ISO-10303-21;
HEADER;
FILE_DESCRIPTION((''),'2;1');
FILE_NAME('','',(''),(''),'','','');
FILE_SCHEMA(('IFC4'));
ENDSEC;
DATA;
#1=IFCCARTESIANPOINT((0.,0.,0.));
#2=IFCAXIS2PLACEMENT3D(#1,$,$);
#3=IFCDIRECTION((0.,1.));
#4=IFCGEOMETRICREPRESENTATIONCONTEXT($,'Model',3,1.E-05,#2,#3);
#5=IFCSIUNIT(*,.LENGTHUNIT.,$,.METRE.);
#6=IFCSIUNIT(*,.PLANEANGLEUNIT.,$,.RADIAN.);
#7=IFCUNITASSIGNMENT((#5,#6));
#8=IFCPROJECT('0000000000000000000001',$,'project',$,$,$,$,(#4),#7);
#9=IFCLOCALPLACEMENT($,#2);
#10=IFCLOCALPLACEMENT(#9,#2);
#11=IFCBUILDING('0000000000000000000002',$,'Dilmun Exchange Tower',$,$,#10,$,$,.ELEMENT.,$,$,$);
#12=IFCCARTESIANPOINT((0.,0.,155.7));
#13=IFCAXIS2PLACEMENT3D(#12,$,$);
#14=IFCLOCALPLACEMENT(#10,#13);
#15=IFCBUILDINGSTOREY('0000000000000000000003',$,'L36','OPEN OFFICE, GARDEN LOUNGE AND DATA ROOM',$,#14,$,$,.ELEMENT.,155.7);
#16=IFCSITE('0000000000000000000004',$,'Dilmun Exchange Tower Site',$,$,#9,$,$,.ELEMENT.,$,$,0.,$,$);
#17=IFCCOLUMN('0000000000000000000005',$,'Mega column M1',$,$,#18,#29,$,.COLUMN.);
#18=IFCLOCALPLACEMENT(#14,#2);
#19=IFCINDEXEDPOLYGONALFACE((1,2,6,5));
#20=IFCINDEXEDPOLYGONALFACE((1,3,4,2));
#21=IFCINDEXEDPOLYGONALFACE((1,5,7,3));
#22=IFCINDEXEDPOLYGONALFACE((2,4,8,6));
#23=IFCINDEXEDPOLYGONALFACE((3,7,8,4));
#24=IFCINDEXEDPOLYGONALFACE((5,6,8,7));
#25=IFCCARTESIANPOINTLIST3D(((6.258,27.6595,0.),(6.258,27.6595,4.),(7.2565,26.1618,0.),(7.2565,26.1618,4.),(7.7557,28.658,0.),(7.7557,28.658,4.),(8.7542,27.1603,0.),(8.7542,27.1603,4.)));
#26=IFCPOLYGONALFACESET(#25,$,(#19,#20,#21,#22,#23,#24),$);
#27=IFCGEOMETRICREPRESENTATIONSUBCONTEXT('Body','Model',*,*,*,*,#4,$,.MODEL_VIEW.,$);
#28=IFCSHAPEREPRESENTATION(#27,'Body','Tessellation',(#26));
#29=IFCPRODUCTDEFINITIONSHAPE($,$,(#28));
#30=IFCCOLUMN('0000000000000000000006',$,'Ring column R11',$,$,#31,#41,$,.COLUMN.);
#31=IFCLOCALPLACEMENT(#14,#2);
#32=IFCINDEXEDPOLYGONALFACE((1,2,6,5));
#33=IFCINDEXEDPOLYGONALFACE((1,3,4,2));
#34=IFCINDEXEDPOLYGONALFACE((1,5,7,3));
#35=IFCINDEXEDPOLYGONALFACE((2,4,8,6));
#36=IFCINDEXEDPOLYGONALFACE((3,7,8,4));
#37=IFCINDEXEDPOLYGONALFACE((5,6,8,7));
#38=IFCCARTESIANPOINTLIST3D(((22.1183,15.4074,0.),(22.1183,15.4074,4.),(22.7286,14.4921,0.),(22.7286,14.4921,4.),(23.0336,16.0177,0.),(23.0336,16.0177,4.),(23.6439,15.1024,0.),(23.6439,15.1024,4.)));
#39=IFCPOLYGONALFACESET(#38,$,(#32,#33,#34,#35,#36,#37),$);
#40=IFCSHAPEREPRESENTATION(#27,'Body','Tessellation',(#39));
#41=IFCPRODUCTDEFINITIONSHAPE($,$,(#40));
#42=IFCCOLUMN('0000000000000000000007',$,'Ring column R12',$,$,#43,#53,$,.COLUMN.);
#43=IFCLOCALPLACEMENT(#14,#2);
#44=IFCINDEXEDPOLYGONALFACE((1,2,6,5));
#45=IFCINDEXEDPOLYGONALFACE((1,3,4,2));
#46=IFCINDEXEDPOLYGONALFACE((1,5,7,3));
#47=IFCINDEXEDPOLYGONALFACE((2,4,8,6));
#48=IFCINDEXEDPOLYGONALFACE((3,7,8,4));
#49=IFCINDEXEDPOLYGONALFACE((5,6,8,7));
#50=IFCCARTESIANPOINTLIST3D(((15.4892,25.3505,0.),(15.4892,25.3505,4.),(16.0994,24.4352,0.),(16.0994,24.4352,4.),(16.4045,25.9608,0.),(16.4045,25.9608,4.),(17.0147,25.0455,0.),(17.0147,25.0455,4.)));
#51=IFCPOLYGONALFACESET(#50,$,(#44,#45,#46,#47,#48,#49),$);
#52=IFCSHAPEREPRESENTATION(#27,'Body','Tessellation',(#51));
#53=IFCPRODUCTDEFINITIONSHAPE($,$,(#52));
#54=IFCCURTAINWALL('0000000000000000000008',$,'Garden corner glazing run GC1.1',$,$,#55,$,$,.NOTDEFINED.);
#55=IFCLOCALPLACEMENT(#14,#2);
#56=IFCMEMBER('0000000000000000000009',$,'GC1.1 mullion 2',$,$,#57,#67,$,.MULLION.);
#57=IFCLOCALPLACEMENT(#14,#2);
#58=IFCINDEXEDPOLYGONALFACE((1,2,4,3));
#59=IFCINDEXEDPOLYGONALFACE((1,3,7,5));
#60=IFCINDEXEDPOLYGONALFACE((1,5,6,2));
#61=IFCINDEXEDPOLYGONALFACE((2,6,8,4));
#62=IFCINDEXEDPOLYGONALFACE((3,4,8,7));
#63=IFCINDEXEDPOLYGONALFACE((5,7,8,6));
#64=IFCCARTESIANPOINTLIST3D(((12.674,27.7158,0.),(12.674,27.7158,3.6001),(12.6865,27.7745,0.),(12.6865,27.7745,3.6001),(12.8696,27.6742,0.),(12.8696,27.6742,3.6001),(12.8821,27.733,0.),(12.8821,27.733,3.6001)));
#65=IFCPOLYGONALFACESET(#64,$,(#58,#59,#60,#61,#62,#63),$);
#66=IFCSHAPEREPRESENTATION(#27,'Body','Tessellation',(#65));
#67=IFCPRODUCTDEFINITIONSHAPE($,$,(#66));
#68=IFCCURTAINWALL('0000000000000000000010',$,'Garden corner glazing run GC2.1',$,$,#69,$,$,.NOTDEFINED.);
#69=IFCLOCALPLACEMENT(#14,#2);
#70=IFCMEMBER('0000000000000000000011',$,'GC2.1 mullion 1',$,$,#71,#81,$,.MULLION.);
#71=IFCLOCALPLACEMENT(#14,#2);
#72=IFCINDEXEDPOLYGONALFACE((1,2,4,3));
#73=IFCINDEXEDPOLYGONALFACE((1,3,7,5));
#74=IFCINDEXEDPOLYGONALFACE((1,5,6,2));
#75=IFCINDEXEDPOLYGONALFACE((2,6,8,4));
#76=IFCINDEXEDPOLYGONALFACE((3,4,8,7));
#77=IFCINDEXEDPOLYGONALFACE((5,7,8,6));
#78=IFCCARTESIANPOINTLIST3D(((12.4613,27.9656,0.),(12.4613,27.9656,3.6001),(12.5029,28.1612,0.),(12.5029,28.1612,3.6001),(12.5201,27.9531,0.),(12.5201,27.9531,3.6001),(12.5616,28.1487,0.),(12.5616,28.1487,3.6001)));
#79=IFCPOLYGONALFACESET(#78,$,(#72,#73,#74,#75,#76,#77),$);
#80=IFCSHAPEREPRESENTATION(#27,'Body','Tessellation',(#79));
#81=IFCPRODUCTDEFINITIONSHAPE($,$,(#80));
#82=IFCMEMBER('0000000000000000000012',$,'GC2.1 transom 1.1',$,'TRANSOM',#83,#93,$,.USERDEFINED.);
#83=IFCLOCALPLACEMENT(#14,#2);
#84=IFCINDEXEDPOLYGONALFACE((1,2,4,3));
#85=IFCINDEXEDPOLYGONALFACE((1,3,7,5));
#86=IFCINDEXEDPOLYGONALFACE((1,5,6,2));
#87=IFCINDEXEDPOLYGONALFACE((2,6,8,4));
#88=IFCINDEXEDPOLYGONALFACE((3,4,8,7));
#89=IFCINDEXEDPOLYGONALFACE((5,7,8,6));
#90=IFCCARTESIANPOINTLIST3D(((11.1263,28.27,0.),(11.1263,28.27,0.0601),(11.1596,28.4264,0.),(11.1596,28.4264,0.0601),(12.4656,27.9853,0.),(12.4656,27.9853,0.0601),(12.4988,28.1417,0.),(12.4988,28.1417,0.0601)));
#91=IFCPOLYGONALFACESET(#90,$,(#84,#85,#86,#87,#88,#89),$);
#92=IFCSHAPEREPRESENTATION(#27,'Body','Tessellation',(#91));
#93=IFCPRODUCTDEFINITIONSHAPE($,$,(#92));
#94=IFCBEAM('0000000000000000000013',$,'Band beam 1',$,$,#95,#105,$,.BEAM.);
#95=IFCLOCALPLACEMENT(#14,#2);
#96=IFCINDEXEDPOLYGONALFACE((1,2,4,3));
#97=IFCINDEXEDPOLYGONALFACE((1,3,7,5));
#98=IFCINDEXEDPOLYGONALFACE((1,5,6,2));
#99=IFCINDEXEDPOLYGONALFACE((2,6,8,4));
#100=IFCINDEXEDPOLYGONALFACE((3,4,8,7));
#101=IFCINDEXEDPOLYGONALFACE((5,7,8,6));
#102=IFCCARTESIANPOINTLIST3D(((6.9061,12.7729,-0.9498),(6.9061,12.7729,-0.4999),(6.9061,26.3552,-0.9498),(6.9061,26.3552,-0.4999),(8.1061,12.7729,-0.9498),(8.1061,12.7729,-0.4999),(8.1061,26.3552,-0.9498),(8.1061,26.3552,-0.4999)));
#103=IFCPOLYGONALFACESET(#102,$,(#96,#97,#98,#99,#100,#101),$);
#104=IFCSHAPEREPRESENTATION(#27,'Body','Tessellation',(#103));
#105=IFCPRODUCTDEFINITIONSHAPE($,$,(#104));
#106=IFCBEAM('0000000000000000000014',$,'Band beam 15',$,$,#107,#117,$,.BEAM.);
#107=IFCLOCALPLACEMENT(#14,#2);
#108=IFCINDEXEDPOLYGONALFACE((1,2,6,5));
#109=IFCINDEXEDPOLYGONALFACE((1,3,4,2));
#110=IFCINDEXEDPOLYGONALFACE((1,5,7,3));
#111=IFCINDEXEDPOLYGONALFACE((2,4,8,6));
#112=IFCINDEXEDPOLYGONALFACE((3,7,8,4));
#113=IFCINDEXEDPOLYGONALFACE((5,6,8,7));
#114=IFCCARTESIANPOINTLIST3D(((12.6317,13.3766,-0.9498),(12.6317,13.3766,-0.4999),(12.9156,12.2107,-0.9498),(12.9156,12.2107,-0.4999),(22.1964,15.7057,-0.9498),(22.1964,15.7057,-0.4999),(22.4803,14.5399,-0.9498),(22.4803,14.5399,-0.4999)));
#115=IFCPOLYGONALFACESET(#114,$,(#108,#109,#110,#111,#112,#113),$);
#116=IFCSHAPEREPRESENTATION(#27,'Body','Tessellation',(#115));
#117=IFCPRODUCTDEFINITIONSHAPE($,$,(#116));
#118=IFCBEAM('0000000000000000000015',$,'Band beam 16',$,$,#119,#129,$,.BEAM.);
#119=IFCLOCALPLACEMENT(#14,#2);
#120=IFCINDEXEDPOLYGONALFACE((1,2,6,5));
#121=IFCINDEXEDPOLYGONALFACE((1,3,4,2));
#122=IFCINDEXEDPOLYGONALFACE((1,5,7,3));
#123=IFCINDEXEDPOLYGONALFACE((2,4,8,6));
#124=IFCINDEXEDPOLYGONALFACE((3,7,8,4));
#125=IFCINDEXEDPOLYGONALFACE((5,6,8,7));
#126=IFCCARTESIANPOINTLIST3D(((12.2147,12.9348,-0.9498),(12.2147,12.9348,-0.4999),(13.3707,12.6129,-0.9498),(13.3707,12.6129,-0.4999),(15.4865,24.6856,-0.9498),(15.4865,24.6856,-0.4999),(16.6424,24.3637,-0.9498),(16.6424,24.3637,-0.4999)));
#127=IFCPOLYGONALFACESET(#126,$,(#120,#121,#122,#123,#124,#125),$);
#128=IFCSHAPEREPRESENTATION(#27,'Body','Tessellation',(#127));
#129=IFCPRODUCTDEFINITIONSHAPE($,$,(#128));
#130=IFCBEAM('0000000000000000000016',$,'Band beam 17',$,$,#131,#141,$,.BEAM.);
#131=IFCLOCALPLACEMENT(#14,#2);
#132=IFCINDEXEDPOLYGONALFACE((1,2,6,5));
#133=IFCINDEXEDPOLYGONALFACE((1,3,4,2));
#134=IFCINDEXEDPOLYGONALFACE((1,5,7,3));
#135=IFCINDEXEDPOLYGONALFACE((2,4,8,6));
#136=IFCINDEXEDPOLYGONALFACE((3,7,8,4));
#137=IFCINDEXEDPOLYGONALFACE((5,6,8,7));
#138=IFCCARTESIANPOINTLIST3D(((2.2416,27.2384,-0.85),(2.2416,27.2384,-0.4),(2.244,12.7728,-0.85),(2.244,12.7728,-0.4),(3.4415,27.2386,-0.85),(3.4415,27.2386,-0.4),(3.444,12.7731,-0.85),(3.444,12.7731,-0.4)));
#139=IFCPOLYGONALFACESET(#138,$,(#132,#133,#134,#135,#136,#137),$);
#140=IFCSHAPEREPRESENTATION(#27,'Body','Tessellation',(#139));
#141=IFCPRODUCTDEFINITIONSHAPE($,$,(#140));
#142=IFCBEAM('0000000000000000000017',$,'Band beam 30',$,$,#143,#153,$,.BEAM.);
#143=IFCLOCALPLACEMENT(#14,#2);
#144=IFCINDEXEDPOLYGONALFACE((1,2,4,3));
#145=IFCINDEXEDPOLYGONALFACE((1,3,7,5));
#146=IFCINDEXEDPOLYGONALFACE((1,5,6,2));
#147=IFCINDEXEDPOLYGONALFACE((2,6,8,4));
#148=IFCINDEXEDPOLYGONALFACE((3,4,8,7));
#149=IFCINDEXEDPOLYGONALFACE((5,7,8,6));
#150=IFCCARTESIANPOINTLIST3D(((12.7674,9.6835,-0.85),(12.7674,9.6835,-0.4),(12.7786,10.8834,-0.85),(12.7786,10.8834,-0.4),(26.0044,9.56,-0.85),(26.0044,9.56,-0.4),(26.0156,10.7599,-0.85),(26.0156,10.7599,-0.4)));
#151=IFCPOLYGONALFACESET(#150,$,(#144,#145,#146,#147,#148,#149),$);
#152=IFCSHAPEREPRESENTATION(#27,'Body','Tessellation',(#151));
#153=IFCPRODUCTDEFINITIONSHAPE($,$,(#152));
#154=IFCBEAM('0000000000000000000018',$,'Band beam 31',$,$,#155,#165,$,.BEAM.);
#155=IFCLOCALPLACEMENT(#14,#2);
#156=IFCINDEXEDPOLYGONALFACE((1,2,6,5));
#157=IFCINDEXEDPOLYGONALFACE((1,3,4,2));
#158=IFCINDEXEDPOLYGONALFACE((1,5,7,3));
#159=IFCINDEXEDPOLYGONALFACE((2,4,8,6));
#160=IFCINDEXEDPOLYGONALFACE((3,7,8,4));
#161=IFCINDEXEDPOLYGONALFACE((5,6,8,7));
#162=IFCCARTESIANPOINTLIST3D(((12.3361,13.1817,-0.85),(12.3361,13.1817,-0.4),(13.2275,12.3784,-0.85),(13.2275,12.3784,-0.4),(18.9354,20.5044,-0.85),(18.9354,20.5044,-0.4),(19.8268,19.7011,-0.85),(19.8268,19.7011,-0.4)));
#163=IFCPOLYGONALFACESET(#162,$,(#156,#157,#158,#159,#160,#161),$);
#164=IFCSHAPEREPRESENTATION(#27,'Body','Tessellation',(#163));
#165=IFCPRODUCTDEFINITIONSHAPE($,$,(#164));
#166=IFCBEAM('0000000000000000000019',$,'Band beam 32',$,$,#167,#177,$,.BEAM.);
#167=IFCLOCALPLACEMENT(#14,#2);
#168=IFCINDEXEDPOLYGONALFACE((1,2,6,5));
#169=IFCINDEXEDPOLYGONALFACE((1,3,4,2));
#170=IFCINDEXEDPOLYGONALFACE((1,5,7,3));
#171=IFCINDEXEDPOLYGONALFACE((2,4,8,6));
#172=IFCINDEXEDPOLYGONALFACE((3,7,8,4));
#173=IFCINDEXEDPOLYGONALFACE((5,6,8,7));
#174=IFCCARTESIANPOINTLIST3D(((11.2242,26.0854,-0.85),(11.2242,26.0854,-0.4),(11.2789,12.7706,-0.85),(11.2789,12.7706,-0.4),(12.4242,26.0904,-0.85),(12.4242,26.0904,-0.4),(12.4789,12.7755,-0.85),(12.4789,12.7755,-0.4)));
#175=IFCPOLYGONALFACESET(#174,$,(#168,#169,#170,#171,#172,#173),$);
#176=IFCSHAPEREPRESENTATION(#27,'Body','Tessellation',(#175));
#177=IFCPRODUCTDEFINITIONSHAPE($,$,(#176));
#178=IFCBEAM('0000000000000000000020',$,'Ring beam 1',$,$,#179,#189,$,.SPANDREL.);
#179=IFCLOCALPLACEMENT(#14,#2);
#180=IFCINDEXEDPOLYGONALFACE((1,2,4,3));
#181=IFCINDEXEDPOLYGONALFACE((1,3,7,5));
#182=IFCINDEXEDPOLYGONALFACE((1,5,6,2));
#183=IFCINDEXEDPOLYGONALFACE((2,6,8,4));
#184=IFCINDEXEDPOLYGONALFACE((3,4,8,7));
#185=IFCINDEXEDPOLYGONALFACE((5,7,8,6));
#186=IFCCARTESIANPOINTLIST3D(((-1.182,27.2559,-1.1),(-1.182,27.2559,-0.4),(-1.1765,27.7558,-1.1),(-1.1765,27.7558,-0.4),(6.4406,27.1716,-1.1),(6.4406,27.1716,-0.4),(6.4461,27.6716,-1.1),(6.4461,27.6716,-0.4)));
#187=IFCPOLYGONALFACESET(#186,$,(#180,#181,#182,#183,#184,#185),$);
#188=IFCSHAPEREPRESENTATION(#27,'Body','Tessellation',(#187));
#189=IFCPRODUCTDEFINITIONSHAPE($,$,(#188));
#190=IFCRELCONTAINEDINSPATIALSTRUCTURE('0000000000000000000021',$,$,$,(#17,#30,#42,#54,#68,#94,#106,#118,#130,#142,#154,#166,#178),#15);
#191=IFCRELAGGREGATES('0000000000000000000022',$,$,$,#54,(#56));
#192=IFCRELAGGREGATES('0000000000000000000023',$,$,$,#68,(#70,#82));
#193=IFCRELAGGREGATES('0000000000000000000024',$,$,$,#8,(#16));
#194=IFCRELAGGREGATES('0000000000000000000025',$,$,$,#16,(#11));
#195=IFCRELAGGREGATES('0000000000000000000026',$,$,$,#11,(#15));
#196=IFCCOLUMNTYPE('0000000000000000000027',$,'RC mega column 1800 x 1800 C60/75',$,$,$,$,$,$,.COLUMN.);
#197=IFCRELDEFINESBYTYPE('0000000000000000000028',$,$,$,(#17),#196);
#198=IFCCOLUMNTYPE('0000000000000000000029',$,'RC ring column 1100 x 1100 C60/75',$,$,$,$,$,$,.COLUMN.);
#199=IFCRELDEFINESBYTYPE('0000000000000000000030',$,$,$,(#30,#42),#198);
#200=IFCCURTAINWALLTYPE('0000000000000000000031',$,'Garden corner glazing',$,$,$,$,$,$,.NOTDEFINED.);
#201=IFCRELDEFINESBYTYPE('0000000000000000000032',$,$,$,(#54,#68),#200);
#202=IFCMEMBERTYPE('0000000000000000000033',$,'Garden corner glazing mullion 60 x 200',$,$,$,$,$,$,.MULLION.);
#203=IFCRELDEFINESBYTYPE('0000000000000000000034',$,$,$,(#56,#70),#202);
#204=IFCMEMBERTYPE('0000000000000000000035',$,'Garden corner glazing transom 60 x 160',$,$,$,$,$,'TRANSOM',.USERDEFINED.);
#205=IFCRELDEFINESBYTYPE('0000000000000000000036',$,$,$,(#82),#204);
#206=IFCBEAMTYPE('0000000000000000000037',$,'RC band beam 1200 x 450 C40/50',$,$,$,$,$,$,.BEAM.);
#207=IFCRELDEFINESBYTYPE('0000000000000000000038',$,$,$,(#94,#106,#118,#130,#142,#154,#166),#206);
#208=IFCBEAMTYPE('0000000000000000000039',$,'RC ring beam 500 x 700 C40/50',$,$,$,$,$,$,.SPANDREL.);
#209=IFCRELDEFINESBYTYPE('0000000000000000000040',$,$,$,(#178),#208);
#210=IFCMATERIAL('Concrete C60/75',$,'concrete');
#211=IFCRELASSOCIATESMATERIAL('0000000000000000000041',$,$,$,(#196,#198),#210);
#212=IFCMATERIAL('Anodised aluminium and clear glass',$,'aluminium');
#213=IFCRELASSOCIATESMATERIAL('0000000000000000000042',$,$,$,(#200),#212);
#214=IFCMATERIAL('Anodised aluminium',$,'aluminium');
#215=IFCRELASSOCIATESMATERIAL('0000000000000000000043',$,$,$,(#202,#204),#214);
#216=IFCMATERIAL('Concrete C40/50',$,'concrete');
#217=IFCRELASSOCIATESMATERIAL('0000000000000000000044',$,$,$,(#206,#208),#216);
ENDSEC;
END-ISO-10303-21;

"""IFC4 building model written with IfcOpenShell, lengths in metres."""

from ifc_helpers import new_model, si_unit, direction, frame, origin, origin_2d, place, context, subcontext, project, spatial, rectangle, extrude, material, material_profile, profile_set, type_object, element, aggregate, save


model = new_model("IFC4")

# Units and contexts
model_context = context("Model", 3, precision=1e-05, world=origin(), true_north=direction((0.0, 1.0)))
body_context = subcontext(model_context, "Body", "Model", "MODEL_VIEW")
ifc_project = project(units=[si_unit("LENGTHUNIT", "METRE"), si_unit("PLANEANGLEUNIT", "RADIAN")], contexts=[model_context])

# Site, building, storey
site_placement = place(None, origin())
site = spatial("IfcSite", under=ifc_project, at=site_placement, Name="Dilmun Exchange Tower Site", CompositionType="ELEMENT", RefElevation=0.0)
building_placement = place(site_placement, origin())
building = spatial("IfcBuilding", under=site, at=building_placement, Name="Dilmun Exchange Tower", CompositionType="ELEMENT")
storey_placement = place(building_placement, frame((0.0, 0.0, 155.7)))
storey = spatial("IfcBuildingStorey", under=building, at=storey_placement, Name="L36", Description="OPEN OFFICE, GARDEN LOUNGE AND DATA ROOM", CompositionType="ELEMENT", Elevation=155.7)

# Columns
ifc_material_1 = material(Name="Concrete C60/75", Category="concrete")
ifc_material_profile_1 = material_profile(ifc_material_1, rectangle(XDim=1.8, YDim=1.8, at=origin_2d()), Name="1800 x 1800")
ifc_profile_set_1 = profile_set([ifc_material_profile_1], Name="Concrete C60/75")
column_type_1 = type_object("IfcColumnType", Name="RC mega column 1800 x 1800 C60/75", PredefinedType="COLUMN", material=ifc_profile_set_1)
column_placement = place(storey_placement, frame((7.5061, 27.4099, 0.0), z_axis=(0.0, 0.0, 1.0), x_axis=(0.832029, 0.554733, 0.0)))
element("IfcColumn", 1, at=column_placement, inside=storey, type_object=column_type_1, Name="Mega column M1", PredefinedType="COLUMN", context=body_context, shape_type="SweptSolid", body=[
    extrude(rectangle(XDim=1.8, YDim=1.8, at=origin_2d()), origin(), (0.0, 0.0, 1.0), 4.0),
])
ifc_material_profile_2 = material_profile(ifc_material_1, rectangle(XDim=1.1001, YDim=1.1001, at=origin_2d()), Name="1100 x 1100")
ifc_profile_set_2 = profile_set([ifc_material_profile_2], Name="Concrete C60/75")
column_type_2 = type_object("IfcColumnType", Name="RC ring column 1100 x 1100 C60/75", PredefinedType="COLUMN", material=ifc_profile_set_2)
for number, where, z_axis, x_axis, name in (
    (2, (22.8811, 15.2549, 0.0), (0.0, 0.0, 1.0), (0.832029, 0.554733, 0.0), "Ring column R11"),
    (3, (16.252, 25.198, 0.0), (0.0, 0.0, 1.0), (0.832029, 0.554733, 0.0), "Ring column R12"),
):
    element("IfcColumn", number, at=place(storey_placement, frame(where, z_axis=z_axis, x_axis=x_axis)), inside=storey, type_object=column_type_2, Name=name, PredefinedType="COLUMN", context=body_context, shape_type="SweptSolid", body=[
        extrude(rectangle(XDim=1.1001, YDim=1.1001, at=origin_2d()), origin(), (0.0, 0.0, 1.0), 4.0),
    ])

# Curtain wall, member
ifc_material_2 = material(Name="Anodised aluminium and clear glass", Category="aluminium")
curtain_wall_type = type_object("IfcCurtainWallType", Name="Garden corner glazing", PredefinedType="NOTDEFINED", material=ifc_material_2)
curtain_wall_1_placement = place(storey_placement, origin())
curtain_wall_1 = element("IfcCurtainWall", 4, at=curtain_wall_1_placement, inside=storey, type_object=curtain_wall_type, Name="Garden corner glazing run GC1.1", PredefinedType="NOTDEFINED")
ifc_material_3 = material(Name="Anodised aluminium", Category="aluminium")
ifc_material_profile_3 = material_profile(ifc_material_3, rectangle(XDim=0.2, YDim=0.0601, at=origin_2d()), Name="AL 60x200")
ifc_profile_set_3 = profile_set([ifc_material_profile_3], Name="Anodised aluminium")
member_type_1 = type_object("IfcMemberType", Name="Garden corner glazing mullion 60 x 200", PredefinedType="MULLION", material=ifc_profile_set_3)
member_1_placement = place(storey_placement, frame((12.7781, 27.7244, 0.0), z_axis=(0.0, 0.0, 1.0), x_axis=(0.978148, -0.207912, 0.0)))
member_1 = element("IfcMember", 5, at=member_1_placement, type_object=member_type_1, Name="GC1.1 mullion 2", PredefinedType="MULLION", context=body_context, shape_type="SweptSolid", body=[
    extrude(rectangle(XDim=0.2, YDim=0.0601, at=origin_2d()), origin(), (0.0, 0.0, 1.0), 3.6001),
])
aggregate(curtain_wall_1, [member_1])

# Curtain wall, members
curtain_wall_2_placement = place(storey_placement, origin())
curtain_wall_2 = element("IfcCurtainWall", 6, at=curtain_wall_2_placement, inside=storey, type_object=curtain_wall_type, Name="Garden corner glazing run GC2.1", PredefinedType="NOTDEFINED")
member_2_placement = place(storey_placement, frame((12.5115, 28.0571, 0.0), z_axis=(0.0, 0.0, 1.0), x_axis=(-0.207919, -0.978146, 0.0)))
member_2 = element("IfcMember", 7, at=member_2_placement, type_object=member_type_1, Name="GC2.1 mullion 1", PredefinedType="MULLION", context=body_context, shape_type="SweptSolid", body=[
    extrude(rectangle(XDim=0.2, YDim=0.0601, at=origin_2d()), origin(), (0.0, 0.0, 1.0), 3.6001),
])
ifc_material_profile_4 = material_profile(ifc_material_3, rectangle(XDim=0.1599, YDim=0.0601, at=origin_2d()), Name="AL 60x160")
ifc_profile_set_4 = profile_set([ifc_material_profile_4], Name="Anodised aluminium")
member_type_2 = type_object("IfcMemberType", Name="Garden corner glazing transom 60 x 160", ElementType="TRANSOM", PredefinedType="USERDEFINED", material=ifc_profile_set_4)
member_3_placement = place(storey_placement, frame((12.4822, 28.0635, 0.03), z_axis=(-0.978143, 0.207933, 0.0), x_axis=(-0.207933, -0.978143, 0.0)))
member_3 = element("IfcMember", 8, at=member_3_placement, type_object=member_type_2, Name="GC2.1 transom 1.1", ObjectType="TRANSOM", PredefinedType="USERDEFINED", context=body_context, shape_type="SweptSolid", body=[
    extrude(rectangle(XDim=0.1599, YDim=0.0601, at=origin_2d()), origin(), (0.0, 0.0, 1.0), 1.3691),
])
aggregate(curtain_wall_2, [member_2, member_3])

# Beams
ifc_material_4 = material(Name="Concrete C40/50", Category="concrete")
ifc_material_profile_5 = material_profile(ifc_material_4, rectangle(XDim=1.2, YDim=0.45, at=origin_2d()), Name="1200 x 450")
ifc_profile_set_5 = profile_set([ifc_material_profile_5], Name="Concrete C40/50")
beam_type_1 = type_object("IfcBeamType", Name="RC band beam 1200 x 450 C40/50", PredefinedType="BEAM", material=ifc_profile_set_5)
beam_1_placement = place(storey_placement, frame((7.5061, 26.3552, -0.7249), z_axis=(0.0, -1.0, 0.0), x_axis=(1.0, 0.0, 0.0)))
element("IfcBeam", 9, at=beam_1_placement, inside=storey, type_object=beam_type_1, Name="Band beam 1", PredefinedType="BEAM", context=body_context, shape_type="SweptSolid", body=[
    extrude(rectangle(XDim=1.2, YDim=0.45, at=origin_2d()), origin(), (0.0, 0.0, 1.0), 13.5823),
])
beam_2_placement = place(storey_placement, frame((22.3384, 15.1228, -0.7249), z_axis=(-0.971608, -0.236596, 0.0), x_axis=(0.236596, -0.971608, 0.0)))
element("IfcBeam", 10, at=beam_2_placement, inside=storey, type_object=beam_type_1, Name="Band beam 15", PredefinedType="BEAM", context=body_context, shape_type="SweptSolid", body=[
    extrude(rectangle(XDim=1.2, YDim=0.45, at=origin_2d()), origin(), (0.0, 0.0, 1.0), 9.8442),
])
beam_3_placement = place(storey_placement, frame((16.0645, 24.5247, -0.7249), z_axis=(-0.268225, -0.963356, 0.0), x_axis=(0.963356, -0.268225, 0.0)))
element("IfcBeam", 11, at=beam_3_placement, inside=storey, type_object=beam_type_1, Name="Band beam 16", PredefinedType="BEAM", context=body_context, shape_type="SweptSolid", body=[
    extrude(rectangle(XDim=1.2, YDim=0.45, at=origin_2d()), origin(), (0.0, 0.0, 1.0), 12.1978),
])
beam_4_placement = place(storey_placement, frame((2.8416, 27.2385, -0.625), z_axis=(0.000169, -1.0, 0.0), x_axis=(1.0, 0.000169, 0.0)))
element("IfcBeam", 12, at=beam_4_placement, inside=storey, type_object=beam_type_1, Name="Band beam 17", PredefinedType="BEAM", context=body_context, shape_type="SweptSolid", body=[
    extrude(rectangle(XDim=1.2, YDim=0.45, at=origin_2d()), origin(), (0.0, 0.0, 1.0), 14.4656),
])
beam_5_placement = place(storey_placement, frame((26.01, 10.1599, -0.625), z_axis=(-0.999956, 0.009332, 0.0), x_axis=(-0.009332, -0.999956, 0.0)))
element("IfcBeam", 13, at=beam_5_placement, inside=storey, type_object=beam_type_1, Name="Band beam 30", PredefinedType="BEAM", context=body_context, shape_type="SweptSolid", body=[
    extrude(rectangle(XDim=1.2, YDim=0.45, at=origin_2d()), origin(), (0.0, 0.0, 1.0), 13.2375),
])
beam_6_placement = place(storey_placement, frame((19.3811, 20.1028, -0.625), z_axis=(-0.669463, -0.742846, 0.0), x_axis=(0.742846, -0.669463, 0.0)))
element("IfcBeam", 14, at=beam_6_placement, inside=storey, type_object=beam_type_1, Name="Band beam 31", PredefinedType="BEAM", context=body_context, shape_type="SweptSolid", body=[
    extrude(rectangle(XDim=1.2, YDim=0.45, at=origin_2d()), origin(), (0.0, 0.0, 1.0), 9.8577),
])
beam_7_placement = place(storey_placement, frame((11.8242, 26.0879, -0.625), z_axis=(0.004107, -0.999992, 0.0), x_axis=(0.999992, 0.004107, 0.0)))
element("IfcBeam", 15, at=beam_7_placement, inside=storey, type_object=beam_type_1, Name="Band beam 32", PredefinedType="BEAM", context=body_context, shape_type="SweptSolid", body=[
    extrude(rectangle(XDim=1.2, YDim=0.45, at=origin_2d()), origin(), (0.0, 0.0, 1.0), 13.3149),
])
ifc_material_profile_6 = material_profile(ifc_material_4, rectangle(XDim=0.5, YDim=0.7, at=origin_2d()), Name="500 x 700")
ifc_profile_set_6 = profile_set([ifc_material_profile_6], Name="Concrete C40/50")
beam_type_2 = type_object("IfcBeamType", Name="RC ring beam 500 x 700 C40/50", PredefinedType="SPANDREL", material=ifc_profile_set_6)
beam_8_placement = place(storey_placement, frame((6.4434, 27.4216, -0.75), z_axis=(-0.999939, 0.011049, 0.0), x_axis=(-0.011049, -0.999939, 0.0)))
element("IfcBeam", 16, at=beam_8_placement, inside=storey, type_object=beam_type_2, Name="Ring beam 1", PredefinedType="SPANDREL", context=body_context, shape_type="SweptSolid", body=[
    extrude(rectangle(XDim=0.5, YDim=0.7, at=origin_2d()), origin(), (0.0, 0.0, 1.0), 7.623),
])

save(model, "model.ifc")
